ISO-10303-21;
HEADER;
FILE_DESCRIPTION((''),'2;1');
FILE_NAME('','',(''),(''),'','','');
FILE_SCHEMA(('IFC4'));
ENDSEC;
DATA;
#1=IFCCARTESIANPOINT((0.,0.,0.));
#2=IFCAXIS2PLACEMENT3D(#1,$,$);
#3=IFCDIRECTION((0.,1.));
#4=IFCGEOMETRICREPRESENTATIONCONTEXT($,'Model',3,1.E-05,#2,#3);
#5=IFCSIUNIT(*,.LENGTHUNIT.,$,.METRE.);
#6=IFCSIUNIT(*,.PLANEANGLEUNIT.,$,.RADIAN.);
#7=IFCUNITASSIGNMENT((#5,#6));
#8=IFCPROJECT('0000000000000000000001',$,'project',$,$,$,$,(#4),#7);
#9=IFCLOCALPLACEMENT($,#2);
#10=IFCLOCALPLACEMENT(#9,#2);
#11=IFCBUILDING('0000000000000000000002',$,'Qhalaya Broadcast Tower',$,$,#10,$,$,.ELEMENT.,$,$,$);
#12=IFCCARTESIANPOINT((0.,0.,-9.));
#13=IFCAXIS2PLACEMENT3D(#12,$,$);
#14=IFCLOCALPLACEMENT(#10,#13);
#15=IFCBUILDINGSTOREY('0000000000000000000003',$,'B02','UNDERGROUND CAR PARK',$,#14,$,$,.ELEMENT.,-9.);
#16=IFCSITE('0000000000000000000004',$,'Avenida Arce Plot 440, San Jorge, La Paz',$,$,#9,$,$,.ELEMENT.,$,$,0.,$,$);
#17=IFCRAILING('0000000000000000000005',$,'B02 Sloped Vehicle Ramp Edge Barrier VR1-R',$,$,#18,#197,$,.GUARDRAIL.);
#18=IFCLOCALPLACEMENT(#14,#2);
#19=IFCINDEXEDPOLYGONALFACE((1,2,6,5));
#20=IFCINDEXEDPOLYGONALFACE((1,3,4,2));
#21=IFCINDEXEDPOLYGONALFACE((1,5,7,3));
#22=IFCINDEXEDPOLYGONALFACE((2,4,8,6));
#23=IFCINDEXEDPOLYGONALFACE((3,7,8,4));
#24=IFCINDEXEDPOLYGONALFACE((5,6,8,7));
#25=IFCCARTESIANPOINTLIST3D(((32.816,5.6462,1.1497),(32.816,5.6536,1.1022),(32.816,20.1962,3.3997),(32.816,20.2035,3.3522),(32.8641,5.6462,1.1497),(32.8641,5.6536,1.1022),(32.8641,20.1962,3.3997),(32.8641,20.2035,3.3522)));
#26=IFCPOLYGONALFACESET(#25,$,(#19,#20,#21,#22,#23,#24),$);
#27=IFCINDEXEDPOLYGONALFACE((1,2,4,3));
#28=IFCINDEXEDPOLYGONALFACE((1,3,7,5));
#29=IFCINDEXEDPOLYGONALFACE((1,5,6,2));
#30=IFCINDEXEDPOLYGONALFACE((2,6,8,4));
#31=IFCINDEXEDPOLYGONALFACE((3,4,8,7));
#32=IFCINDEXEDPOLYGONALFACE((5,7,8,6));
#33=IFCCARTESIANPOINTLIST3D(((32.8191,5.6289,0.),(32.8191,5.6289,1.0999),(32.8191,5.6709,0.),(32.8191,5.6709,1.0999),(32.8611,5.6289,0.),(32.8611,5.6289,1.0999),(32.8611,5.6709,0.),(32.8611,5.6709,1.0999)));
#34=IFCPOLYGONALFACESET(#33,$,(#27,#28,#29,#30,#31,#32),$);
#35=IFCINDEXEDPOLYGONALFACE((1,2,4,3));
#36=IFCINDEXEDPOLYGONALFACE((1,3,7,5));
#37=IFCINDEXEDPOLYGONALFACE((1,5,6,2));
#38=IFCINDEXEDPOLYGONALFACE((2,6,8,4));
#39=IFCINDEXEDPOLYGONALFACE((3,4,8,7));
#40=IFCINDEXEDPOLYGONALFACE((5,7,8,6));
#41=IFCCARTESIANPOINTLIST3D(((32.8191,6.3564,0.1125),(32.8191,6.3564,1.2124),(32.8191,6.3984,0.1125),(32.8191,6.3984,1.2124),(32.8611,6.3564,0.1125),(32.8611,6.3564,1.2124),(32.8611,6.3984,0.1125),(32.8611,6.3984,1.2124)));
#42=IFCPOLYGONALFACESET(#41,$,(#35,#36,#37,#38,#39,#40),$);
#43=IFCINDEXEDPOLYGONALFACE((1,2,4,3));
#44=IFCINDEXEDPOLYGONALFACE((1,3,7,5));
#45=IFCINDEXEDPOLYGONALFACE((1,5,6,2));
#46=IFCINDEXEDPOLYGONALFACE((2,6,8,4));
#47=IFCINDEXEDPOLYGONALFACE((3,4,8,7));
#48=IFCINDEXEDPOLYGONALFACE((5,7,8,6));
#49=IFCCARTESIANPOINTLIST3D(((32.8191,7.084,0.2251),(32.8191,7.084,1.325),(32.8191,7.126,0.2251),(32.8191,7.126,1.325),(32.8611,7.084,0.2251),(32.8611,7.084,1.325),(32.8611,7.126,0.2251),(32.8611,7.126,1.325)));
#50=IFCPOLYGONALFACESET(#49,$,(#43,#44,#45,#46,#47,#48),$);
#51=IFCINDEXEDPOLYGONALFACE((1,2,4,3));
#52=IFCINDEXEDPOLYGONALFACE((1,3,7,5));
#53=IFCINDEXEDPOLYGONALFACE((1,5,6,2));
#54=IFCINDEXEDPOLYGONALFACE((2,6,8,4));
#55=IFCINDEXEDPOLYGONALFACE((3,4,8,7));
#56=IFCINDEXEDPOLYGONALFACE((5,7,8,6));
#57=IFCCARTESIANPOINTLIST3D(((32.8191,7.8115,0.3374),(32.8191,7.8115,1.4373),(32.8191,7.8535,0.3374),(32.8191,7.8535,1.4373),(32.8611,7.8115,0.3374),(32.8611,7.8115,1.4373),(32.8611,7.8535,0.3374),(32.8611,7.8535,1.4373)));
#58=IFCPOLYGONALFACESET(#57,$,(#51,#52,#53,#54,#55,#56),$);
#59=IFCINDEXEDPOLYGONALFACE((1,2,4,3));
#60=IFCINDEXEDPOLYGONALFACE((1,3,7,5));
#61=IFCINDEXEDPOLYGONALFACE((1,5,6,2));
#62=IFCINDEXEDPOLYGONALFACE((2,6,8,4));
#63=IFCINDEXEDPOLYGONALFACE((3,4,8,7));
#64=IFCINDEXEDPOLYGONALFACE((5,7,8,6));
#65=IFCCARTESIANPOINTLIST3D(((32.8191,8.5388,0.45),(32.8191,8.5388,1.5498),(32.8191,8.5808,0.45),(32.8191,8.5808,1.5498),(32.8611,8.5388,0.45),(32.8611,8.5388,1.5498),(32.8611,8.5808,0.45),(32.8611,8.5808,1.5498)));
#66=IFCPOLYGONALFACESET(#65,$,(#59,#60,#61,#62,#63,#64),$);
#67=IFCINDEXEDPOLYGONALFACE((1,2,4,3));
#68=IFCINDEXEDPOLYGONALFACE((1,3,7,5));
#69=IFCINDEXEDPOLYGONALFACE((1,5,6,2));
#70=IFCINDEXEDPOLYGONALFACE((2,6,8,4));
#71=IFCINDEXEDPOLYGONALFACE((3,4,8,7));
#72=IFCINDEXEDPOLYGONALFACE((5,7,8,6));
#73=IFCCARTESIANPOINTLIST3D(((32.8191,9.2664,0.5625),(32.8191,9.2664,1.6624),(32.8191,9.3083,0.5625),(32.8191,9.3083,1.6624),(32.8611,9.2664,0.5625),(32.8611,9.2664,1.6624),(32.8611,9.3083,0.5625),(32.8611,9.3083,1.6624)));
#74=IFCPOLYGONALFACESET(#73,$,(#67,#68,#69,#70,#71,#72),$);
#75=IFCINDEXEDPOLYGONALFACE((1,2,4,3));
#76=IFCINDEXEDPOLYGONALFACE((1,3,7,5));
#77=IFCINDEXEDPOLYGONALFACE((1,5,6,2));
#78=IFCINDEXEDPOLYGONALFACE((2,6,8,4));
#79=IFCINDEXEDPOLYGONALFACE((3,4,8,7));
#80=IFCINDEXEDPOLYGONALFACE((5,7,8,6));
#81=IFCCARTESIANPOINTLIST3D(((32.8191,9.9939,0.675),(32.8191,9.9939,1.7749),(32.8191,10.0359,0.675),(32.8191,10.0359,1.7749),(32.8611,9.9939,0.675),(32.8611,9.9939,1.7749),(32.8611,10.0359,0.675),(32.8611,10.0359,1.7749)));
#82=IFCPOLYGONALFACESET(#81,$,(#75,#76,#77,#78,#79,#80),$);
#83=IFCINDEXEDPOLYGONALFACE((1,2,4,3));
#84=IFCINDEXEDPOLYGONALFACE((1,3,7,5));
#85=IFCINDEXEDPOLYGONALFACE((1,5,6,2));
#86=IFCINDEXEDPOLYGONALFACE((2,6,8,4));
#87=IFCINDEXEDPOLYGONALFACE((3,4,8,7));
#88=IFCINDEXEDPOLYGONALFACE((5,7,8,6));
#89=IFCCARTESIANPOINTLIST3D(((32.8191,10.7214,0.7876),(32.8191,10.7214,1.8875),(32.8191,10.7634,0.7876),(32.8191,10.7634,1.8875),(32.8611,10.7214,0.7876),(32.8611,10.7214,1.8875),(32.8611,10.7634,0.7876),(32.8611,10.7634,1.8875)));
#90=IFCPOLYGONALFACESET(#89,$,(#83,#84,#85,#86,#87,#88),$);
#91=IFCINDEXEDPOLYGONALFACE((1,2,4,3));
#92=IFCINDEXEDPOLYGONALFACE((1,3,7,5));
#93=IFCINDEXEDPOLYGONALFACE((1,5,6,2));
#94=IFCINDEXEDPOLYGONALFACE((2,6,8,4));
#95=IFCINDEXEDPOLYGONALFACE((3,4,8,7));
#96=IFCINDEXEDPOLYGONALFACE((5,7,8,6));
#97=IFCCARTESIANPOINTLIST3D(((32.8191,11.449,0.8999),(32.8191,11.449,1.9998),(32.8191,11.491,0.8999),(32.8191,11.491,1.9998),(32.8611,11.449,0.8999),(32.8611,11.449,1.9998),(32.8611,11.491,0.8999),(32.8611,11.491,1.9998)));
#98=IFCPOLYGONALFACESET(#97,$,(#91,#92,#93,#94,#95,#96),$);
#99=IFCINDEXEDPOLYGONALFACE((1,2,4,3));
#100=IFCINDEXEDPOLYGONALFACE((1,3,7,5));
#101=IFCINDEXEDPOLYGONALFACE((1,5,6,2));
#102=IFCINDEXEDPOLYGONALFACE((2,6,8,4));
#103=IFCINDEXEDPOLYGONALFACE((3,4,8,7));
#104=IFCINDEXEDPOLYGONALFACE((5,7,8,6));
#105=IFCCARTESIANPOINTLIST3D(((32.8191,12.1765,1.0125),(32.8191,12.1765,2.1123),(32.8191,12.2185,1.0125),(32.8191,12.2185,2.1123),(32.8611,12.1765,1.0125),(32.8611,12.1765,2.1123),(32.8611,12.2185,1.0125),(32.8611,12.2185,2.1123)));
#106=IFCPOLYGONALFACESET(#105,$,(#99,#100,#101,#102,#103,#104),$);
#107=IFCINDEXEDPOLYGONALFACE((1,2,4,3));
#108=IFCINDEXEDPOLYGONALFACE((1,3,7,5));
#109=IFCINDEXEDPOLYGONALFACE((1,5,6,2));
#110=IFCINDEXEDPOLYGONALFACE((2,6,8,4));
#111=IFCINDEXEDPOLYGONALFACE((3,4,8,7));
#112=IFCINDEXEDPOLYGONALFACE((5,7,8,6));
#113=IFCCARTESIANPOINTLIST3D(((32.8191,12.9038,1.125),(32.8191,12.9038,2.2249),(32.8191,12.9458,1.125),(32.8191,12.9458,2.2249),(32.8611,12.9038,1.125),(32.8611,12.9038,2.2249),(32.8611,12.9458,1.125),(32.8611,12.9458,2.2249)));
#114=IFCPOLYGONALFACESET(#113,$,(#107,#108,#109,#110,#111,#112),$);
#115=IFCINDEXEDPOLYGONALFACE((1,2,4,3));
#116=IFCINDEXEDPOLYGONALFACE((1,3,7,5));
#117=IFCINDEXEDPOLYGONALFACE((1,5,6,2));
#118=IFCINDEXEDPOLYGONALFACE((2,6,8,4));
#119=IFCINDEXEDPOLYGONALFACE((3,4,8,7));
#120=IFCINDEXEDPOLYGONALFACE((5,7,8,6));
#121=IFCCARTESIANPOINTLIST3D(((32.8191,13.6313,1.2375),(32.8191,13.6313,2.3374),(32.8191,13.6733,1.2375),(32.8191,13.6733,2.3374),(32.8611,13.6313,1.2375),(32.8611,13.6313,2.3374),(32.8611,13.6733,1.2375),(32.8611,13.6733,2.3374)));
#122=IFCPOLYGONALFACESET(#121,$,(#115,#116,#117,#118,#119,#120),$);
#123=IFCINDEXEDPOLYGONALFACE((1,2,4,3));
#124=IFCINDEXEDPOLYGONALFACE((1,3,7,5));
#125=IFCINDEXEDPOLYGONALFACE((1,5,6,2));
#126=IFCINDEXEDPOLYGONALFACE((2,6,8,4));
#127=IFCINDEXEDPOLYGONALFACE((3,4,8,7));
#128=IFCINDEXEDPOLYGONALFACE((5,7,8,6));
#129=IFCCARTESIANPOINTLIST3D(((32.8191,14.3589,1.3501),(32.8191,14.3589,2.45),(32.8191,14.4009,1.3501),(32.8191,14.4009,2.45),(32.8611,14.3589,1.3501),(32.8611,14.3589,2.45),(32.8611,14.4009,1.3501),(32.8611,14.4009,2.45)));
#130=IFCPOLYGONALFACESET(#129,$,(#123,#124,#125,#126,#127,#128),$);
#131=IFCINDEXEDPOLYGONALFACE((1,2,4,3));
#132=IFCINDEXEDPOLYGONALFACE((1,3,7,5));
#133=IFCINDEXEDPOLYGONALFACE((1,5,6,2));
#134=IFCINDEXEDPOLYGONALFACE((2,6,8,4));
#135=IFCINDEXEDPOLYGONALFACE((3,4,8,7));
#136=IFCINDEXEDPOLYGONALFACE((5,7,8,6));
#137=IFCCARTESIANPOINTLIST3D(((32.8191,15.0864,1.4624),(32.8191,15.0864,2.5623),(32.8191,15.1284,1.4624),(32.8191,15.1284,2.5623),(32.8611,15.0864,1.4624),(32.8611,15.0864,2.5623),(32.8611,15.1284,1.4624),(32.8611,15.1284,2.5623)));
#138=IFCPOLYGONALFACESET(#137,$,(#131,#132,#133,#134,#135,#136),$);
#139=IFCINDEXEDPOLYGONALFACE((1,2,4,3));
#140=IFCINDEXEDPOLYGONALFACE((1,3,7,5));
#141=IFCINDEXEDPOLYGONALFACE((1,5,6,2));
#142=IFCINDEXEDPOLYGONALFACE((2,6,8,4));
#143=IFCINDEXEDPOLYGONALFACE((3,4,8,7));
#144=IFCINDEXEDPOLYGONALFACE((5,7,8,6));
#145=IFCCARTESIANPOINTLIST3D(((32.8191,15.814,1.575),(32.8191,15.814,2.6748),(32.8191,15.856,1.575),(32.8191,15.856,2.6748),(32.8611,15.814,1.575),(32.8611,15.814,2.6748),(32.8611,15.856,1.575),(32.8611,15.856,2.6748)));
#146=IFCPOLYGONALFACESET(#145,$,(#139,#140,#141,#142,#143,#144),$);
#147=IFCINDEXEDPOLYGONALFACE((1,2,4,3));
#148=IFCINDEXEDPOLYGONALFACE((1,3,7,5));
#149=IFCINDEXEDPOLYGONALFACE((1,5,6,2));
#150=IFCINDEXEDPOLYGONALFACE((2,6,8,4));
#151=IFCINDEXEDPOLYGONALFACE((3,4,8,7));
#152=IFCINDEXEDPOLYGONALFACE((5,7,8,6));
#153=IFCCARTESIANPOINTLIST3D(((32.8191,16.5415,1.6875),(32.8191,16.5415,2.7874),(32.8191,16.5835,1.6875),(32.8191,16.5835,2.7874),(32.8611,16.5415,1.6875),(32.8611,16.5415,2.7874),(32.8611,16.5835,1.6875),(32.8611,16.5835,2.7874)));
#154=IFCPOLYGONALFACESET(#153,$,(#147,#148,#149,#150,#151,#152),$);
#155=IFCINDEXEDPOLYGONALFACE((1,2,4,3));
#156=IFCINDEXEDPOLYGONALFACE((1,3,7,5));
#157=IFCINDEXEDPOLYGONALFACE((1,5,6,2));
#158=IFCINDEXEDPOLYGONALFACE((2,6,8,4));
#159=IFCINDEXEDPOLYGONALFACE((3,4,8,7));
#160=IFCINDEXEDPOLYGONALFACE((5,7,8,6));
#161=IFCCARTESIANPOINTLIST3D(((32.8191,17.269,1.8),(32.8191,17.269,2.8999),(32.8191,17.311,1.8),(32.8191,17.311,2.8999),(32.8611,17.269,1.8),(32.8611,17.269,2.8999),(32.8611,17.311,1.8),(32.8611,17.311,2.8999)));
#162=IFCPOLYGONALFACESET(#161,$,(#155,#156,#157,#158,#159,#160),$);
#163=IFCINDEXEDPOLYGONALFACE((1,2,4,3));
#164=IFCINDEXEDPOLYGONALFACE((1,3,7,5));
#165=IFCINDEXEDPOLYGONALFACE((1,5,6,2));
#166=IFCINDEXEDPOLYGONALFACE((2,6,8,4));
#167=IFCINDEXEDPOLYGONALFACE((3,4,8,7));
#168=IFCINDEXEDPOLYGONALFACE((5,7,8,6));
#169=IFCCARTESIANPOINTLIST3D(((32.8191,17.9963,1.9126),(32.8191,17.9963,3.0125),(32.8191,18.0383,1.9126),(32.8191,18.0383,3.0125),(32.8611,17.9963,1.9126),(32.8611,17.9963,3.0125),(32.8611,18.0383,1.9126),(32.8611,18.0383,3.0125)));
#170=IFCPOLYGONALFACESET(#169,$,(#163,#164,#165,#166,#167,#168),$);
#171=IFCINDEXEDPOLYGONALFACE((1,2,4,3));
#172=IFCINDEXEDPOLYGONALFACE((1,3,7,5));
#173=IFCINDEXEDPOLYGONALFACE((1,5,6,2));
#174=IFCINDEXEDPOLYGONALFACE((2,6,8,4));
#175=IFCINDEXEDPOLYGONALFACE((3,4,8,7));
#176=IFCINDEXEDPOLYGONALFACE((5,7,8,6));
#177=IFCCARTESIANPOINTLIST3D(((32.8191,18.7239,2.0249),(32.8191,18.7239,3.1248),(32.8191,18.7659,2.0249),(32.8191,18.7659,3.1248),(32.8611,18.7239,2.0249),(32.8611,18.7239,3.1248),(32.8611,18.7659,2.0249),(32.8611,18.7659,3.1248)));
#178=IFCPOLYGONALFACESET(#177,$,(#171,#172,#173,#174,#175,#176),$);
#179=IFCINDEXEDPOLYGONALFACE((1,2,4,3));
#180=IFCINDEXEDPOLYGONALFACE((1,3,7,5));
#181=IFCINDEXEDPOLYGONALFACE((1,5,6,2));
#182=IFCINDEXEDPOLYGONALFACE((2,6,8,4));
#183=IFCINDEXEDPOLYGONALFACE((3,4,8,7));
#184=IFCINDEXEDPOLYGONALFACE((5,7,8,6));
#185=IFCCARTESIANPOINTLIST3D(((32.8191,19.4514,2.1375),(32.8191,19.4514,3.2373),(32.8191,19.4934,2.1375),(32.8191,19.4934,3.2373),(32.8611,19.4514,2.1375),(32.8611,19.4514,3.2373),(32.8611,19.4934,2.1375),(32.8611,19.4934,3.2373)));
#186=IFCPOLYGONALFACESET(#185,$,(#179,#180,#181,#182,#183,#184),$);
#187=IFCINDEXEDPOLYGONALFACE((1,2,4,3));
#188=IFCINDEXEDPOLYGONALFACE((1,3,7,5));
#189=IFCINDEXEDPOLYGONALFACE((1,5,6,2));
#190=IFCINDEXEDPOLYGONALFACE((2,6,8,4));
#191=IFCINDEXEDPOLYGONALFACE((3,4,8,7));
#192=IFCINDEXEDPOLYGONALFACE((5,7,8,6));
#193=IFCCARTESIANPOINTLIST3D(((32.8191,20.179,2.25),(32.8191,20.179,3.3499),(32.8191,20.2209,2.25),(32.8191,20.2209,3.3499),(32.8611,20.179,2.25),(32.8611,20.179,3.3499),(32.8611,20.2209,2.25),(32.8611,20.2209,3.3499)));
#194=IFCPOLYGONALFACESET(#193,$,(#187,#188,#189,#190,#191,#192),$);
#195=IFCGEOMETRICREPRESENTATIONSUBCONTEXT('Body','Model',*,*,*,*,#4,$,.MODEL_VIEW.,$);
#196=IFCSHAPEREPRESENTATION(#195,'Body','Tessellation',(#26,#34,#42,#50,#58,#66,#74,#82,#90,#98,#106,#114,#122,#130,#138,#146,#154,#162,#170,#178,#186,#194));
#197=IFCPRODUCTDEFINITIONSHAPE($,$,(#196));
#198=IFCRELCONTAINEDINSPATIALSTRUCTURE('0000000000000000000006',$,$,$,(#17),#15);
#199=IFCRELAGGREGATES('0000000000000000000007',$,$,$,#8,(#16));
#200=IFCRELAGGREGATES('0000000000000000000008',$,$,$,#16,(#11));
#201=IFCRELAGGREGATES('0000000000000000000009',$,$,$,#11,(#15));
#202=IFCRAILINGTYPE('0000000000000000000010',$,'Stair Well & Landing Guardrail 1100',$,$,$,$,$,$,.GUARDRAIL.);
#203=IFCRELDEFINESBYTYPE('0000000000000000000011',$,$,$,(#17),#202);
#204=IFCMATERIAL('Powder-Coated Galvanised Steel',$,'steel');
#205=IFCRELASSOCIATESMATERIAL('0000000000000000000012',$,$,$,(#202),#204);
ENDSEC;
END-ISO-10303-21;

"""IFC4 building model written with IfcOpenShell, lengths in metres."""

from ifc_helpers import new_model, si_unit, direction, frame, origin, origin_2d, place, context, subcontext, project, spatial, rectangle, extrude, material, type_object, element, save


model = new_model("IFC4")

# Units and contexts
model_context = context("Model", 3, precision=1e-05, world=origin(), true_north=direction((0.0, 1.0)))
body_context = subcontext(model_context, "Body", "Model", "MODEL_VIEW")
ifc_project = project(units=[si_unit("LENGTHUNIT", "METRE"), si_unit("PLANEANGLEUNIT", "RADIAN")], contexts=[model_context])

# Site, building, storey
site_placement = place(None, origin())
site = spatial("IfcSite", under=ifc_project, at=site_placement, Name="Avenida Arce Plot 440, San Jorge, La Paz", CompositionType="ELEMENT", RefElevation=0.0)
building_placement = place(site_placement, origin())
building = spatial("IfcBuilding", under=site, at=building_placement, Name="Qhalaya Broadcast Tower", CompositionType="ELEMENT")
storey_placement = place(building_placement, frame((0.0, 0.0, -9.0)))
storey = spatial("IfcBuildingStorey", under=building, at=storey_placement, Name="B02", Description="UNDERGROUND CAR PARK", CompositionType="ELEMENT", Elevation=-9.0)

# Railing
ifc_material_1 = material(Name="Powder-Coated Galvanised Steel", Category="steel")
railing_type = type_object("IfcRailingType", Name="Stair Well & Landing Guardrail 1100", PredefinedType="GUARDRAIL", material=ifc_material_1)
railing_1_placement = place(storey_placement, frame((32.8401, 5.6499, 0.0)))
element("IfcRailing", 1, at=railing_1_placement, inside=storey, type_object=railing_type, Name="B02 Sloped Vehicle Ramp Edge Barrier VR1-R", PredefinedType="GUARDRAIL", context=body_context, shape_type="SweptSolid", body=[
    extrude(rectangle(XDim=0.0481, YDim=0.0481, at=origin_2d()), frame((0.0, 0.0, 1.126), z_axis=(0.0, 0.988254, 0.152822), x_axis=(-1.0, 0.0, 0.0)), (0.0, 0.0, 1.0), 14.7229),
    extrude(rectangle(XDim=0.042, YDim=0.042, at=origin_2d()), origin(), (0.0, 0.0, 1.0), 1.0999),
    extrude(rectangle(XDim=0.042, YDim=0.042, at=origin_2d()), frame((0.0, 0.7275, 0.1125)), (0.0, 0.0, 1.0), 1.0999),
    extrude(rectangle(XDim=0.042, YDim=0.042, at=origin_2d()), frame((0.0, 1.4551, 0.2251)), (0.0, 0.0, 1.0), 1.0999),
    extrude(rectangle(XDim=0.042, YDim=0.042, at=origin_2d()), frame((0.0, 2.1826, 0.3374)), (0.0, 0.0, 1.0), 1.0999),
    extrude(rectangle(XDim=0.042, YDim=0.042, at=origin_2d()), frame((0.0, 2.9099, 0.45)), (0.0, 0.0, 1.0), 1.0999),
    extrude(rectangle(XDim=0.042, YDim=0.042, at=origin_2d()), frame((0.0, 3.6375, 0.5625)), (0.0, 0.0, 1.0), 1.0999),
    extrude(rectangle(XDim=0.042, YDim=0.042, at=origin_2d()), frame((0.0, 4.365, 0.675)), (0.0, 0.0, 1.0), 1.0999),
    extrude(rectangle(XDim=0.042, YDim=0.042, at=origin_2d()), frame((0.0, 5.0925, 0.7876)), (0.0, 0.0, 1.0), 1.0999),
    extrude(rectangle(XDim=0.042, YDim=0.042, at=origin_2d()), frame((0.0, 5.8201, 0.8999)), (0.0, 0.0, 1.0), 1.0999),
    extrude(rectangle(XDim=0.042, YDim=0.042, at=origin_2d()), frame((0.0, 6.5476, 1.0125)), (0.0, 0.0, 1.0), 1.0999),
    extrude(rectangle(XDim=0.042, YDim=0.042, at=origin_2d()), frame((0.0, 7.2749, 1.125)), (0.0, 0.0, 1.0), 1.0999),
    extrude(rectangle(XDim=0.042, YDim=0.042, at=origin_2d()), frame((0.0, 8.0024, 1.2375)), (0.0, 0.0, 1.0), 1.0999),
    extrude(rectangle(XDim=0.042, YDim=0.042, at=origin_2d()), frame((0.0, 8.73, 1.3501)), (0.0, 0.0, 1.0), 1.0999),
    extrude(rectangle(XDim=0.042, YDim=0.042, at=origin_2d()), frame((0.0, 9.4575, 1.4624)), (0.0, 0.0, 1.0), 1.0999),
    extrude(rectangle(XDim=0.042, YDim=0.042, at=origin_2d()), frame((0.0, 10.1851, 1.575)), (0.0, 0.0, 1.0), 1.0999),
    extrude(rectangle(XDim=0.042, YDim=0.042, at=origin_2d()), frame((0.0, 10.9126, 1.6875)), (0.0, 0.0, 1.0), 1.0999),
    extrude(rectangle(XDim=0.042, YDim=0.042, at=origin_2d()), frame((0.0, 11.6401, 1.8)), (0.0, 0.0, 1.0), 1.0999),
    extrude(rectangle(XDim=0.042, YDim=0.042, at=origin_2d()), frame((0.0, 12.3674, 1.9126)), (0.0, 0.0, 1.0), 1.0999),
    extrude(rectangle(XDim=0.042, YDim=0.042, at=origin_2d()), frame((0.0, 13.095, 2.0249)), (0.0, 0.0, 1.0), 1.0999),
    extrude(rectangle(XDim=0.042, YDim=0.042, at=origin_2d()), frame((0.0, 13.8225, 2.1375)), (0.0, 0.0, 1.0), 1.0999),
    extrude(rectangle(XDim=0.042, YDim=0.042, at=origin_2d()), frame((0.0, 14.55, 2.25)), (0.0, 0.0, 1.0), 1.0999),
])

save(model, "model.ifc")
